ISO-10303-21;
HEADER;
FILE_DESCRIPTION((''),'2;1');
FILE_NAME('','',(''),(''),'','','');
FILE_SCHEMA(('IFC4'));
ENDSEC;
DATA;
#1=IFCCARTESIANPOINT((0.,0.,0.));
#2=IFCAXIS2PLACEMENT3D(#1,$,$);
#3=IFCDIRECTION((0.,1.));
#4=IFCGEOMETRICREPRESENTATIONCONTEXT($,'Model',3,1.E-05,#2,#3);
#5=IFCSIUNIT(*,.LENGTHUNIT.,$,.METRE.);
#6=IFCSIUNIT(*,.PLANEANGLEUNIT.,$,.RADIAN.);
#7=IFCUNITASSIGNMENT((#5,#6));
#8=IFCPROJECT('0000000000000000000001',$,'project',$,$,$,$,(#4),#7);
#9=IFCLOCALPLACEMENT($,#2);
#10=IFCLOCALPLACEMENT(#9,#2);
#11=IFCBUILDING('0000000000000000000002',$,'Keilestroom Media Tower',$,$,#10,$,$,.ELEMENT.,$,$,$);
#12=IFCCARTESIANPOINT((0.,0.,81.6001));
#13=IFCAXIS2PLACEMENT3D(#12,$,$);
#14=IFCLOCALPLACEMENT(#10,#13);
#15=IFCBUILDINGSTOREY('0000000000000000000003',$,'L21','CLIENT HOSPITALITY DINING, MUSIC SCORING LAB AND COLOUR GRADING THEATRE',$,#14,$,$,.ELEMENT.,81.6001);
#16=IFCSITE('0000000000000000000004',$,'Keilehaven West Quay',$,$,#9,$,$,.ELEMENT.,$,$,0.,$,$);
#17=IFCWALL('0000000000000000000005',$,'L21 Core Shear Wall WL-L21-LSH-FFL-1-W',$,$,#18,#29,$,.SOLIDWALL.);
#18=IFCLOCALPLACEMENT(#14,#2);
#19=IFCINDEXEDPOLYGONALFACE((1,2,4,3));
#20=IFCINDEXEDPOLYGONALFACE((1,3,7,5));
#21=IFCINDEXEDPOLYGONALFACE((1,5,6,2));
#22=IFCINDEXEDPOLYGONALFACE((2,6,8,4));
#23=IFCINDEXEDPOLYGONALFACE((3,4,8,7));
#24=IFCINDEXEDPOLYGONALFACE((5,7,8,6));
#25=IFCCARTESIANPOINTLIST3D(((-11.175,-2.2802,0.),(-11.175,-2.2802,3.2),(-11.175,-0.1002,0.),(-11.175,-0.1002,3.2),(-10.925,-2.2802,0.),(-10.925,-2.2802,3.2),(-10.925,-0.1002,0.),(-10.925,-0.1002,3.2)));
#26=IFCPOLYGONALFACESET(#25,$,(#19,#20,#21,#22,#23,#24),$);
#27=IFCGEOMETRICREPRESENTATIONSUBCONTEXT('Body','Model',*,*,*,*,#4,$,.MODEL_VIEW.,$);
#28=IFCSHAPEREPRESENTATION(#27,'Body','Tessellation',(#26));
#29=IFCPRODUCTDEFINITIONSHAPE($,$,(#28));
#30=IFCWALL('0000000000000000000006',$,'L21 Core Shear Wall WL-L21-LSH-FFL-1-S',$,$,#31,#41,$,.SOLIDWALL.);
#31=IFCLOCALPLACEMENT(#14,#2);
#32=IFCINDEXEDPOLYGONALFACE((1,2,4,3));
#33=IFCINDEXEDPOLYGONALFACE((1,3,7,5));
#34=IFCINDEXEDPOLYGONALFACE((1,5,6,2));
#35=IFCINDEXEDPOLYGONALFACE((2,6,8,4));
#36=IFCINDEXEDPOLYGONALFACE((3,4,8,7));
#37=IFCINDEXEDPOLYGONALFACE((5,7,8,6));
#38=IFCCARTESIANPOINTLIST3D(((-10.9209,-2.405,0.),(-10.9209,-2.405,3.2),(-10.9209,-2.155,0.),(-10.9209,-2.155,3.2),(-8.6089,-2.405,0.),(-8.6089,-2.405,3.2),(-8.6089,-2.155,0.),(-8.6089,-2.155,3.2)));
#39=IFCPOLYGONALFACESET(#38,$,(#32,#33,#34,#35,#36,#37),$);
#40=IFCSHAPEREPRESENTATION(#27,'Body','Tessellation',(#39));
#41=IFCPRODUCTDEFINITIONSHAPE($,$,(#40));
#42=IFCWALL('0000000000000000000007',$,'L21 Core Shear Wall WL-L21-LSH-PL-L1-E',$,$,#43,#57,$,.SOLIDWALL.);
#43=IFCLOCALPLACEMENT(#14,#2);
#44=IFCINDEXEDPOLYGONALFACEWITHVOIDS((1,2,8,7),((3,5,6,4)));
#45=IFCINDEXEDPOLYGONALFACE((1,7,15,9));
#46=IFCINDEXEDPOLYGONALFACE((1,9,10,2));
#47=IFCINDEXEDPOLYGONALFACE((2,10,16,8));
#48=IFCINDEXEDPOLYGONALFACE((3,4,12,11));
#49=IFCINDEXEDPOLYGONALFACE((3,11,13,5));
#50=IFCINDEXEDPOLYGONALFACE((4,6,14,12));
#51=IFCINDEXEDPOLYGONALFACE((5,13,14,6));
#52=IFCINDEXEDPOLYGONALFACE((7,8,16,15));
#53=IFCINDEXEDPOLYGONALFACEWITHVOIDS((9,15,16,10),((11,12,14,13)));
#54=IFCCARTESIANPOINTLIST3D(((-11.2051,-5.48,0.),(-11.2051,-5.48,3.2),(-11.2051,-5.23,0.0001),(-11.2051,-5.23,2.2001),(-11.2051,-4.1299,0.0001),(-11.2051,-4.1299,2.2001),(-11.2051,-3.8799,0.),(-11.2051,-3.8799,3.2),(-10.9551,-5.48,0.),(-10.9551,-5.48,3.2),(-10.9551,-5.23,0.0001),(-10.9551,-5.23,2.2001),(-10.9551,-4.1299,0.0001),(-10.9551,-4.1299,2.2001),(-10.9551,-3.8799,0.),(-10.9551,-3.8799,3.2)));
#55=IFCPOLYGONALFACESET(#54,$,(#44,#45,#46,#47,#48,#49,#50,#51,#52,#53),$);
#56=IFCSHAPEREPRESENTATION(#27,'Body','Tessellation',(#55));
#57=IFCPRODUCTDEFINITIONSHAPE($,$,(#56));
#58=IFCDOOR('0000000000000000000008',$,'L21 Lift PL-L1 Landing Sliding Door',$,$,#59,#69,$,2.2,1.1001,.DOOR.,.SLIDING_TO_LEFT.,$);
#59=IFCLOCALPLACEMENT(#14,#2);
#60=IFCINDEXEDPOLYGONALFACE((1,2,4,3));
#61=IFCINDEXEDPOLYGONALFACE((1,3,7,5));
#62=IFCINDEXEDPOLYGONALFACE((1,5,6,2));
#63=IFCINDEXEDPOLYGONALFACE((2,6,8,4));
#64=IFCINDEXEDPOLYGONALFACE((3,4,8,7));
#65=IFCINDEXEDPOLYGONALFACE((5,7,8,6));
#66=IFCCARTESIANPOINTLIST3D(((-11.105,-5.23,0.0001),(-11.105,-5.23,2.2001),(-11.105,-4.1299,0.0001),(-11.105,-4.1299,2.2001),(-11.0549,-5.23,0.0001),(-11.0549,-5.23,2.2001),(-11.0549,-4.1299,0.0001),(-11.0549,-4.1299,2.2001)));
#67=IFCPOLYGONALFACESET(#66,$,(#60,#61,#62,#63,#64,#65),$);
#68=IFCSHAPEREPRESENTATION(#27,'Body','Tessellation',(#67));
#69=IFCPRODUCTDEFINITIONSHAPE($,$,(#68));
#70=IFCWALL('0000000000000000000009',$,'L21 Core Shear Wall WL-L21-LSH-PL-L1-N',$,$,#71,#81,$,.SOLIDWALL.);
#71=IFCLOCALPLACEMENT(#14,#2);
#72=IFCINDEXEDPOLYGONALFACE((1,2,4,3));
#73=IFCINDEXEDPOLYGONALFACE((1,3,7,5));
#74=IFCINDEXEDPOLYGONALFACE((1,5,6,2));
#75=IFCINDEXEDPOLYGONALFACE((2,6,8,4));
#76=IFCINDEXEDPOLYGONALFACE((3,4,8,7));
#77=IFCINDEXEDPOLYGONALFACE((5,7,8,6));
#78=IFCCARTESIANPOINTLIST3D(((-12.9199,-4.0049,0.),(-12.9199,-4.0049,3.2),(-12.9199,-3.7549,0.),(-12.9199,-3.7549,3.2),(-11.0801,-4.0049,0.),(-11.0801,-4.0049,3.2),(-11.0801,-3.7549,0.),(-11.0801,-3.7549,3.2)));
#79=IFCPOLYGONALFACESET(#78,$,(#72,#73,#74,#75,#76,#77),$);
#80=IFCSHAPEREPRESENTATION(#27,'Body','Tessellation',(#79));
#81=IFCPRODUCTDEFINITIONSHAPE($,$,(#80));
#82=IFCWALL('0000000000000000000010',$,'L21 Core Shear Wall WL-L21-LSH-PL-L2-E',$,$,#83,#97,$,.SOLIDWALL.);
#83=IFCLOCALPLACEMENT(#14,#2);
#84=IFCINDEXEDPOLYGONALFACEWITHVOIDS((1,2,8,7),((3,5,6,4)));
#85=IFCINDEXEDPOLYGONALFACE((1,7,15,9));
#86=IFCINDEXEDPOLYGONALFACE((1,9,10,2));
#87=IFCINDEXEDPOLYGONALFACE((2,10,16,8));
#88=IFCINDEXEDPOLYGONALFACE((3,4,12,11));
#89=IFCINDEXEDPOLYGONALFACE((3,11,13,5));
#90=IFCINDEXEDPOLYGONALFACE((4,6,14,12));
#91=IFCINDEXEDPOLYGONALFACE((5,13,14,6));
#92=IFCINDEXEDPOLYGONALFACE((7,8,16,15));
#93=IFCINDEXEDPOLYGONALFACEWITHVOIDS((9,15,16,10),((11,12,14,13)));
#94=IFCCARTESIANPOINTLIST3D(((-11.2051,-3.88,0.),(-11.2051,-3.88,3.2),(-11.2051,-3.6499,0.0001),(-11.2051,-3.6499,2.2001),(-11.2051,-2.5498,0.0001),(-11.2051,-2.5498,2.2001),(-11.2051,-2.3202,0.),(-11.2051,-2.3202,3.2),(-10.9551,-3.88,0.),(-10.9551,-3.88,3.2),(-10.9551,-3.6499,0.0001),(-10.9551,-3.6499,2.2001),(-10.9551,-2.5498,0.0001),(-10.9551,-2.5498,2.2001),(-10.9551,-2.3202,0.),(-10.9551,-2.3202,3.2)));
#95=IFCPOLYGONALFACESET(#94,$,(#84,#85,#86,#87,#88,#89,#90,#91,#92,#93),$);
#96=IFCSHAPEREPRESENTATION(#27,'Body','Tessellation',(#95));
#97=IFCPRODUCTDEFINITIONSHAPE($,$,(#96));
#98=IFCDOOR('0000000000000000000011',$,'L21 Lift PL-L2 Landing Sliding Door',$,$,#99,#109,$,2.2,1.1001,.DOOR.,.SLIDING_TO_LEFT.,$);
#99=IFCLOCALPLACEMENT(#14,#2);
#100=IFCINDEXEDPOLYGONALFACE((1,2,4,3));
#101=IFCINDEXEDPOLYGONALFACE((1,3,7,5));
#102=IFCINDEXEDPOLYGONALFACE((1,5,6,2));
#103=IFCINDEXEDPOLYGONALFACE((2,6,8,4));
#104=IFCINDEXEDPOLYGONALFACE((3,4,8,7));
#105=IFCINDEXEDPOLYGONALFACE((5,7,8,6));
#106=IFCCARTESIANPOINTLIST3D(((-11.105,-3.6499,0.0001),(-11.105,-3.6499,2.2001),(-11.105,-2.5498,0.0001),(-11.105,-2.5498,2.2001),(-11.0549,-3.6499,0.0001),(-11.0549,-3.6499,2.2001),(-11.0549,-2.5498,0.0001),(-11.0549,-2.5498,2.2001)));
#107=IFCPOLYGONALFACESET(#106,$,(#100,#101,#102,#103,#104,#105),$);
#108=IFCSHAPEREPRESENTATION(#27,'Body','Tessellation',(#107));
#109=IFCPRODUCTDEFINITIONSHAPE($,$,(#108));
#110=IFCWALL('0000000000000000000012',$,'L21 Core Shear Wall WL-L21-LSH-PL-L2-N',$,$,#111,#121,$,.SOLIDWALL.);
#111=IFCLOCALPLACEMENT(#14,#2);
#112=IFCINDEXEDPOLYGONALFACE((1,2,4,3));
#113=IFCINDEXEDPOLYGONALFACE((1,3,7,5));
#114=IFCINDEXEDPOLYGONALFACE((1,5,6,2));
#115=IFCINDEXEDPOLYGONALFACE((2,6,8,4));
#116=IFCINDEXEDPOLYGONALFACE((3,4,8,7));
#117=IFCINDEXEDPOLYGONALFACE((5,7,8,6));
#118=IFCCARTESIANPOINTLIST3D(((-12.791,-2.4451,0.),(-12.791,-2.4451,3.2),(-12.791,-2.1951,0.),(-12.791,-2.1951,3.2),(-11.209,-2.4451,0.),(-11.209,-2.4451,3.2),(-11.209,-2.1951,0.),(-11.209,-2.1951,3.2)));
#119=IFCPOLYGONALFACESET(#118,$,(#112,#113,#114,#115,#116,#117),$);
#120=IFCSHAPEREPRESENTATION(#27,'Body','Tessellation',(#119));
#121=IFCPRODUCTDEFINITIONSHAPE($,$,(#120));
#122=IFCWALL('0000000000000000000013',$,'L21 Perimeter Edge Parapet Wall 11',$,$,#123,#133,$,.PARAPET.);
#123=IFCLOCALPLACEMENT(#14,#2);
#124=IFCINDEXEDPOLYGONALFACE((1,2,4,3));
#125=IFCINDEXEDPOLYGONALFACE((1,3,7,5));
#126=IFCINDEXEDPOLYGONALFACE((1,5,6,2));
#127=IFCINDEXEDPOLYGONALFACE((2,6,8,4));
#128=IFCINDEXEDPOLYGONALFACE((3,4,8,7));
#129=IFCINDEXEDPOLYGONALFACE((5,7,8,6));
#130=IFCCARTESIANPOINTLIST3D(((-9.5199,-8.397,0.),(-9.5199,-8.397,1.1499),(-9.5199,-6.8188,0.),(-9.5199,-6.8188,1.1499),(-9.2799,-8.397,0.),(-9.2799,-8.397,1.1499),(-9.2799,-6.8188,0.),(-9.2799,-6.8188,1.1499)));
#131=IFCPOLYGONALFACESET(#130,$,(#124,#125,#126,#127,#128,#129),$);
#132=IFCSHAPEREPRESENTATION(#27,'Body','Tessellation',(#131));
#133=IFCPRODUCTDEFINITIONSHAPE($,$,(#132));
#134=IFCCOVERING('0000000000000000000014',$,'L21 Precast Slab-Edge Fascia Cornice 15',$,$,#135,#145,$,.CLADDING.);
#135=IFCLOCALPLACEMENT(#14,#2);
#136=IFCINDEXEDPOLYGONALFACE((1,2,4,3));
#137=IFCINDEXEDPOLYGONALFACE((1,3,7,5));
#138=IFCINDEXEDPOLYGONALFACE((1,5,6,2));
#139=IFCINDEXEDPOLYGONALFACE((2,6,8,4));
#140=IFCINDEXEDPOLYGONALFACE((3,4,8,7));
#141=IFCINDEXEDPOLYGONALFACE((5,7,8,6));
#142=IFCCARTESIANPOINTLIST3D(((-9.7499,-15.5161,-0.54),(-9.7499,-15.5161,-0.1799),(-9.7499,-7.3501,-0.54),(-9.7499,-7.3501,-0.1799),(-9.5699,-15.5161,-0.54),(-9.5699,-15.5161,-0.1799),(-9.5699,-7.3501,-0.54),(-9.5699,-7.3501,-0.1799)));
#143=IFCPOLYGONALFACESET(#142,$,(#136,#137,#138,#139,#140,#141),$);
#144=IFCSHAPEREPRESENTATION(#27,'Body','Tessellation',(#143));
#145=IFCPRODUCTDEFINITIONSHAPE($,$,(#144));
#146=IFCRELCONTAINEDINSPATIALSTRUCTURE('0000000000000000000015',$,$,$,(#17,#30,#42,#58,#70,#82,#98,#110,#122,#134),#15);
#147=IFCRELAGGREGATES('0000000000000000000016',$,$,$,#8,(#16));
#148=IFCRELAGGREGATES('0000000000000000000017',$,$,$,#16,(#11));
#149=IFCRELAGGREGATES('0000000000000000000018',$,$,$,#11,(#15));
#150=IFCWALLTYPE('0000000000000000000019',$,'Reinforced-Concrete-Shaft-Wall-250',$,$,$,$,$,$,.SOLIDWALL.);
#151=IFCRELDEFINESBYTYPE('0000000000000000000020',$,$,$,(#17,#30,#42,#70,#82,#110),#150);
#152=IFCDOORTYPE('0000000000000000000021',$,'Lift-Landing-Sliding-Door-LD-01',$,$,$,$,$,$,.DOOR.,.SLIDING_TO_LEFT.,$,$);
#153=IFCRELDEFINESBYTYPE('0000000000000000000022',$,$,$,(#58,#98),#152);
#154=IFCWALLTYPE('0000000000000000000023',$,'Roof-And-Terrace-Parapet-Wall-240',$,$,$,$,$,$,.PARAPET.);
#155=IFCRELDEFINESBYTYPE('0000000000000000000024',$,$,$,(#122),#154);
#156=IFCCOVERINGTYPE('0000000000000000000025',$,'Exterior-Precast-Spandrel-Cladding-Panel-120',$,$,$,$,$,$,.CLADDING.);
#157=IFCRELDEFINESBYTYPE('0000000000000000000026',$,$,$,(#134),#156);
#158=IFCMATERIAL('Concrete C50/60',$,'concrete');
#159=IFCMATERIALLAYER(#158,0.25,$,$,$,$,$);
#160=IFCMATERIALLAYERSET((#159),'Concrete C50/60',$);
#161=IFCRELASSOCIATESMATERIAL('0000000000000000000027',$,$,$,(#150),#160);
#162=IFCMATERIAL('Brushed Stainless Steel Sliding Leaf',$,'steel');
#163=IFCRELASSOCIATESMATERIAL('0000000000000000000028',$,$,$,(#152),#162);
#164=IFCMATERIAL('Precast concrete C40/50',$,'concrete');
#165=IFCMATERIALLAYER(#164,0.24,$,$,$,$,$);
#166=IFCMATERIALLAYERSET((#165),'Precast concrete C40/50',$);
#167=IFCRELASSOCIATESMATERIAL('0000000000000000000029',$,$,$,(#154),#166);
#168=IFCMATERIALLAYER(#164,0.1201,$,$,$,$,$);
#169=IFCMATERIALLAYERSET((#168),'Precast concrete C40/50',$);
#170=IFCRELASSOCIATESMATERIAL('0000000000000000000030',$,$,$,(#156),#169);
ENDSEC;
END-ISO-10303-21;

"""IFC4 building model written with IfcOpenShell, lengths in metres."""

from ifc_helpers import new_model, si_unit, direction, frame, frame_2d, origin, origin_2d, place, context, subcontext, project, spatial, rectangle, extrude, source, transform, mapped, material, layer, layer_set, type_object, element, fill, save


model = new_model("IFC4")

# Units and contexts
model_context = context("Model", 3, precision=1e-05, world=origin(), true_north=direction((0.0, 1.0)))
body_context = subcontext(model_context, "Body", "Model", "MODEL_VIEW")
ifc_project = project(units=[si_unit("LENGTHUNIT", "METRE"), si_unit("PLANEANGLEUNIT", "RADIAN")], contexts=[model_context])

# Site, building, storey
site_placement = place(None, origin())
site = spatial("IfcSite", under=ifc_project, at=site_placement, Name="Keilehaven West Quay", CompositionType="ELEMENT", RefElevation=0.0)
building_placement = place(site_placement, origin())
building = spatial("IfcBuilding", under=site, at=building_placement, Name="Keilestroom Media Tower", CompositionType="ELEMENT")
storey_placement = place(building_placement, frame((0.0, 0.0, 81.6001)))
storey = spatial("IfcBuildingStorey", under=building, at=storey_placement, Name="L21", Description="CLIENT HOSPITALITY DINING, MUSIC SCORING LAB AND COLOUR GRADING THEATRE", CompositionType="ELEMENT", Elevation=81.6001)

# Shared definitions
shared_shape_1 = source(origin(), body_context, "Body", "SweptSolid", [
    extrude(rectangle(XDim=1.1001, YDim=2.2, at=frame_2d((0.55, 1.1001))), frame((0.0, 0.0249, 0.0), z_axis=(0.0, -1.0, 0.0), x_axis=(1.0, 0.0, 0.0)), (0.0, 0.0, 1.0), 0.05),
])

# Walls
ifc_material_1 = material(Name="Concrete C50/60", Category="concrete")
ifc_layer_1 = layer(ifc_material_1, 0.25)
ifc_layer_set_1 = layer_set([ifc_layer_1], Name="Concrete C50/60")
wall_type_1 = type_object("IfcWallType", Name="Reinforced-Concrete-Shaft-Wall-250", PredefinedType="SOLIDWALL", material=ifc_layer_set_1)
wall_1_placement = place(storey_placement, frame((-11.05, -2.28, 0.0), z_axis=(0.0, 0.0, 1.0), x_axis=(0.0, 1.0, 0.0)))
element("IfcWall", 1, at=wall_1_placement, inside=storey, type_object=wall_type_1, Name="L21 Core Shear Wall WL-L21-LSH-FFL-1-W", PredefinedType="SOLIDWALL", context=body_context, shape_type="SweptSolid", body=[
    extrude(rectangle(XDim=2.1799, YDim=0.25, at=frame_2d((1.0898, 0.0))), origin(), (0.0, 0.0, 1.0), 3.2),
])
wall_2_placement = place(storey_placement, frame((-10.9209, -2.28, 0.0), z_axis=(0.0, 0.0, 1.0), x_axis=(1.0, 0.0, 0.0)))
element("IfcWall", 2, at=wall_2_placement, inside=storey, type_object=wall_type_1, Name="L21 Core Shear Wall WL-L21-LSH-FFL-1-S", PredefinedType="SOLIDWALL", context=body_context, shape_type="SweptSolid", body=[
    extrude(rectangle(XDim=2.312, YDim=0.25, at=frame_2d((1.156, 0.0))), origin(), (0.0, 0.0, 1.0), 3.2),
])

# Wall, opening, door
wall_3_placement = place(storey_placement, frame((-11.0801, -5.48, 0.0), z_axis=(0.0, 0.0, 1.0), x_axis=(0.0, 1.0, 0.0)))
wall_3 = element("IfcWall", 3, at=wall_3_placement, inside=storey, type_object=wall_type_1, Name="L21 Core Shear Wall WL-L21-LSH-PL-L1-E", PredefinedType="SOLIDWALL", context=body_context, shape_type="SweptSolid", body=[
    extrude(rectangle(XDim=1.6001, YDim=0.25, at=frame_2d((0.8, 0.0))), origin(), (0.0, 0.0, 1.0), 3.2),
])
opening_1_placement = place(wall_3_placement, frame((0.25, 0.0, 0.0)))
opening_1 = element("IfcOpeningElement", 4, at=opening_1_placement, cuts=wall_3, PredefinedType="OPENING", context=body_context, shape_type="SweptSolid", body=[
    extrude(rectangle(XDim=1.1001, YDim=2.2, at=frame_2d((0.55, 1.1001))), frame((0.0, 0.135, 0.0), z_axis=(0.0, -1.0, 0.0), x_axis=(1.0, 0.0, 0.0)), (0.0, 0.0, 1.0), 0.27),
])
ifc_material_2 = material(Name="Brushed Stainless Steel Sliding Leaf", Category="steel")
door_type_1 = type_object("IfcDoorType", Name="Lift-Landing-Sliding-Door-LD-01", OperationType="SLIDING_TO_LEFT", PredefinedType="DOOR", material=ifc_material_2)
door_1_placement = place(opening_1_placement, origin())
door_1 = element("IfcDoor", 5, at=door_1_placement, inside=storey, type_object=door_type_1, Name="L21 Lift PL-L1 Landing Sliding Door", OperationType="SLIDING_TO_LEFT", OverallHeight=2.2, OverallWidth=1.1001, PredefinedType="DOOR", context=body_context, shape_type="MappedRepresentation", body=[
    mapped(shared_shape_1, transform((0.0, 0.0, 0.0), x_axis=(1.0, 0.0, 0.0), y_axis=(0.0, 1.0, 0.0), z_axis=(0.0, 0.0, 1.0), scale=1.0)),
])
fill(opening_1, door_1)

# Wall
wall_4_placement = place(storey_placement, frame((-12.9199, -3.8799, 0.0), z_axis=(0.0, 0.0, 1.0), x_axis=(1.0, 0.0, 0.0)))
element("IfcWall", 6, at=wall_4_placement, inside=storey, type_object=wall_type_1, Name="L21 Core Shear Wall WL-L21-LSH-PL-L1-N", PredefinedType="SOLIDWALL", context=body_context, shape_type="SweptSolid", body=[
    extrude(rectangle(XDim=1.8398, YDim=0.25, at=frame_2d((0.9199, 0.0))), origin(), (0.0, 0.0, 1.0), 3.2),
])

# Wall, opening, door
wall_5_placement = place(storey_placement, frame((-11.0801, -3.8799, 0.0), z_axis=(0.0, 0.0, 1.0), x_axis=(0.0, 1.0, 0.0)))
wall_5 = element("IfcWall", 7, at=wall_5_placement, inside=storey, type_object=wall_type_1, Name="L21 Core Shear Wall WL-L21-LSH-PL-L2-E", PredefinedType="SOLIDWALL", context=body_context, shape_type="SweptSolid", body=[
    extrude(rectangle(XDim=1.5598, YDim=0.25, at=frame_2d((0.7798, 0.0))), origin(), (0.0, 0.0, 1.0), 3.2),
])
opening_2_placement = place(wall_5_placement, frame((0.23, 0.0, 0.0)))
opening_2 = element("IfcOpeningElement", 8, at=opening_2_placement, cuts=wall_5, PredefinedType="OPENING", context=body_context, shape_type="SweptSolid", body=[
    extrude(rectangle(XDim=1.1001, YDim=2.2, at=frame_2d((0.55, 1.1001))), frame((0.0, 0.135, 0.0), z_axis=(0.0, -1.0, 0.0), x_axis=(1.0, 0.0, 0.0)), (0.0, 0.0, 1.0), 0.27),
])
door_2_placement = place(opening_2_placement, origin())
door_2 = element("IfcDoor", 9, at=door_2_placement, inside=storey, type_object=door_type_1, Name="L21 Lift PL-L2 Landing Sliding Door", OperationType="SLIDING_TO_LEFT", OverallHeight=2.2, OverallWidth=1.1001, PredefinedType="DOOR", context=body_context, shape_type="MappedRepresentation", body=[
    mapped(shared_shape_1, transform((0.0, 0.0, 0.0), x_axis=(1.0, 0.0, 0.0), y_axis=(0.0, 1.0, 0.0), z_axis=(0.0, 0.0, 1.0), scale=1.0)),
])
fill(opening_2, door_2)

# Walls
wall_6_placement = place(storey_placement, frame((-12.791, -2.3201, 0.0), z_axis=(0.0, 0.0, 1.0), x_axis=(1.0, 0.0, 0.0)))
element("IfcWall", 10, at=wall_6_placement, inside=storey, type_object=wall_type_1, Name="L21 Core Shear Wall WL-L21-LSH-PL-L2-N", PredefinedType="SOLIDWALL", context=body_context, shape_type="SweptSolid", body=[
    extrude(rectangle(XDim=1.582, YDim=0.25, at=frame_2d((0.791, 0.0))), origin(), (0.0, 0.0, 1.0), 3.2),
])
ifc_material_3 = material(Name="Precast concrete C40/50", Category="concrete")
ifc_layer_2 = layer(ifc_material_3, 0.24)
ifc_layer_set_2 = layer_set([ifc_layer_2], Name="Precast concrete C40/50")
wall_type_2 = type_object("IfcWallType", Name="Roof-And-Terrace-Parapet-Wall-240", PredefinedType="PARAPET", material=ifc_layer_set_2)
wall_7_placement = place(storey_placement, frame((-9.3999, -8.397, 0.0), z_axis=(0.0, 0.0, 1.0), x_axis=(0.0, 1.0, 0.0)))
element("IfcWall", 11, at=wall_7_placement, inside=storey, type_object=wall_type_2, Name="L21 Perimeter Edge Parapet Wall 11", PredefinedType="PARAPET", context=body_context, shape_type="SweptSolid", body=[
    extrude(rectangle(XDim=1.5781, YDim=0.24, at=frame_2d((0.7891, 0.0))), origin(), (0.0, 0.0, 1.0), 1.1499),
])

# Covering
ifc_layer_3 = layer(ifc_material_3, 0.1201)
ifc_layer_set_3 = layer_set([ifc_layer_3], Name="Precast concrete C40/50")
covering_type = type_object("IfcCoveringType", Name="Exterior-Precast-Spandrel-Cladding-Panel-120", PredefinedType="CLADDING", material=ifc_layer_set_3)
shared_shape_2 = source(origin(), body_context, "Body", "SweptSolid", [
    extrude(rectangle(XDim=8.166, YDim=0.1799, at=origin_2d()), origin(), (0.0, 0.0, 1.0), 0.3601),
])
covering_placement = place(storey_placement, frame((-9.6599, -11.4331, -0.54), z_axis=(0.0, 0.0, 1.0), x_axis=(0.0, 1.0, 0.0)))
element("IfcCovering", 12, at=covering_placement, inside=storey, type_object=covering_type, Name="L21 Precast Slab-Edge Fascia Cornice 15", PredefinedType="CLADDING", context=body_context, shape_type="MappedRepresentation", body=[
    mapped(shared_shape_2, transform((0.0, 0.0, 0.0), x_axis=(1.0, 0.0, 0.0), y_axis=(0.0, 1.0, 0.0), z_axis=(0.0, 0.0, 1.0), scale=1.0)),
])

save(model, "model.ifc")
